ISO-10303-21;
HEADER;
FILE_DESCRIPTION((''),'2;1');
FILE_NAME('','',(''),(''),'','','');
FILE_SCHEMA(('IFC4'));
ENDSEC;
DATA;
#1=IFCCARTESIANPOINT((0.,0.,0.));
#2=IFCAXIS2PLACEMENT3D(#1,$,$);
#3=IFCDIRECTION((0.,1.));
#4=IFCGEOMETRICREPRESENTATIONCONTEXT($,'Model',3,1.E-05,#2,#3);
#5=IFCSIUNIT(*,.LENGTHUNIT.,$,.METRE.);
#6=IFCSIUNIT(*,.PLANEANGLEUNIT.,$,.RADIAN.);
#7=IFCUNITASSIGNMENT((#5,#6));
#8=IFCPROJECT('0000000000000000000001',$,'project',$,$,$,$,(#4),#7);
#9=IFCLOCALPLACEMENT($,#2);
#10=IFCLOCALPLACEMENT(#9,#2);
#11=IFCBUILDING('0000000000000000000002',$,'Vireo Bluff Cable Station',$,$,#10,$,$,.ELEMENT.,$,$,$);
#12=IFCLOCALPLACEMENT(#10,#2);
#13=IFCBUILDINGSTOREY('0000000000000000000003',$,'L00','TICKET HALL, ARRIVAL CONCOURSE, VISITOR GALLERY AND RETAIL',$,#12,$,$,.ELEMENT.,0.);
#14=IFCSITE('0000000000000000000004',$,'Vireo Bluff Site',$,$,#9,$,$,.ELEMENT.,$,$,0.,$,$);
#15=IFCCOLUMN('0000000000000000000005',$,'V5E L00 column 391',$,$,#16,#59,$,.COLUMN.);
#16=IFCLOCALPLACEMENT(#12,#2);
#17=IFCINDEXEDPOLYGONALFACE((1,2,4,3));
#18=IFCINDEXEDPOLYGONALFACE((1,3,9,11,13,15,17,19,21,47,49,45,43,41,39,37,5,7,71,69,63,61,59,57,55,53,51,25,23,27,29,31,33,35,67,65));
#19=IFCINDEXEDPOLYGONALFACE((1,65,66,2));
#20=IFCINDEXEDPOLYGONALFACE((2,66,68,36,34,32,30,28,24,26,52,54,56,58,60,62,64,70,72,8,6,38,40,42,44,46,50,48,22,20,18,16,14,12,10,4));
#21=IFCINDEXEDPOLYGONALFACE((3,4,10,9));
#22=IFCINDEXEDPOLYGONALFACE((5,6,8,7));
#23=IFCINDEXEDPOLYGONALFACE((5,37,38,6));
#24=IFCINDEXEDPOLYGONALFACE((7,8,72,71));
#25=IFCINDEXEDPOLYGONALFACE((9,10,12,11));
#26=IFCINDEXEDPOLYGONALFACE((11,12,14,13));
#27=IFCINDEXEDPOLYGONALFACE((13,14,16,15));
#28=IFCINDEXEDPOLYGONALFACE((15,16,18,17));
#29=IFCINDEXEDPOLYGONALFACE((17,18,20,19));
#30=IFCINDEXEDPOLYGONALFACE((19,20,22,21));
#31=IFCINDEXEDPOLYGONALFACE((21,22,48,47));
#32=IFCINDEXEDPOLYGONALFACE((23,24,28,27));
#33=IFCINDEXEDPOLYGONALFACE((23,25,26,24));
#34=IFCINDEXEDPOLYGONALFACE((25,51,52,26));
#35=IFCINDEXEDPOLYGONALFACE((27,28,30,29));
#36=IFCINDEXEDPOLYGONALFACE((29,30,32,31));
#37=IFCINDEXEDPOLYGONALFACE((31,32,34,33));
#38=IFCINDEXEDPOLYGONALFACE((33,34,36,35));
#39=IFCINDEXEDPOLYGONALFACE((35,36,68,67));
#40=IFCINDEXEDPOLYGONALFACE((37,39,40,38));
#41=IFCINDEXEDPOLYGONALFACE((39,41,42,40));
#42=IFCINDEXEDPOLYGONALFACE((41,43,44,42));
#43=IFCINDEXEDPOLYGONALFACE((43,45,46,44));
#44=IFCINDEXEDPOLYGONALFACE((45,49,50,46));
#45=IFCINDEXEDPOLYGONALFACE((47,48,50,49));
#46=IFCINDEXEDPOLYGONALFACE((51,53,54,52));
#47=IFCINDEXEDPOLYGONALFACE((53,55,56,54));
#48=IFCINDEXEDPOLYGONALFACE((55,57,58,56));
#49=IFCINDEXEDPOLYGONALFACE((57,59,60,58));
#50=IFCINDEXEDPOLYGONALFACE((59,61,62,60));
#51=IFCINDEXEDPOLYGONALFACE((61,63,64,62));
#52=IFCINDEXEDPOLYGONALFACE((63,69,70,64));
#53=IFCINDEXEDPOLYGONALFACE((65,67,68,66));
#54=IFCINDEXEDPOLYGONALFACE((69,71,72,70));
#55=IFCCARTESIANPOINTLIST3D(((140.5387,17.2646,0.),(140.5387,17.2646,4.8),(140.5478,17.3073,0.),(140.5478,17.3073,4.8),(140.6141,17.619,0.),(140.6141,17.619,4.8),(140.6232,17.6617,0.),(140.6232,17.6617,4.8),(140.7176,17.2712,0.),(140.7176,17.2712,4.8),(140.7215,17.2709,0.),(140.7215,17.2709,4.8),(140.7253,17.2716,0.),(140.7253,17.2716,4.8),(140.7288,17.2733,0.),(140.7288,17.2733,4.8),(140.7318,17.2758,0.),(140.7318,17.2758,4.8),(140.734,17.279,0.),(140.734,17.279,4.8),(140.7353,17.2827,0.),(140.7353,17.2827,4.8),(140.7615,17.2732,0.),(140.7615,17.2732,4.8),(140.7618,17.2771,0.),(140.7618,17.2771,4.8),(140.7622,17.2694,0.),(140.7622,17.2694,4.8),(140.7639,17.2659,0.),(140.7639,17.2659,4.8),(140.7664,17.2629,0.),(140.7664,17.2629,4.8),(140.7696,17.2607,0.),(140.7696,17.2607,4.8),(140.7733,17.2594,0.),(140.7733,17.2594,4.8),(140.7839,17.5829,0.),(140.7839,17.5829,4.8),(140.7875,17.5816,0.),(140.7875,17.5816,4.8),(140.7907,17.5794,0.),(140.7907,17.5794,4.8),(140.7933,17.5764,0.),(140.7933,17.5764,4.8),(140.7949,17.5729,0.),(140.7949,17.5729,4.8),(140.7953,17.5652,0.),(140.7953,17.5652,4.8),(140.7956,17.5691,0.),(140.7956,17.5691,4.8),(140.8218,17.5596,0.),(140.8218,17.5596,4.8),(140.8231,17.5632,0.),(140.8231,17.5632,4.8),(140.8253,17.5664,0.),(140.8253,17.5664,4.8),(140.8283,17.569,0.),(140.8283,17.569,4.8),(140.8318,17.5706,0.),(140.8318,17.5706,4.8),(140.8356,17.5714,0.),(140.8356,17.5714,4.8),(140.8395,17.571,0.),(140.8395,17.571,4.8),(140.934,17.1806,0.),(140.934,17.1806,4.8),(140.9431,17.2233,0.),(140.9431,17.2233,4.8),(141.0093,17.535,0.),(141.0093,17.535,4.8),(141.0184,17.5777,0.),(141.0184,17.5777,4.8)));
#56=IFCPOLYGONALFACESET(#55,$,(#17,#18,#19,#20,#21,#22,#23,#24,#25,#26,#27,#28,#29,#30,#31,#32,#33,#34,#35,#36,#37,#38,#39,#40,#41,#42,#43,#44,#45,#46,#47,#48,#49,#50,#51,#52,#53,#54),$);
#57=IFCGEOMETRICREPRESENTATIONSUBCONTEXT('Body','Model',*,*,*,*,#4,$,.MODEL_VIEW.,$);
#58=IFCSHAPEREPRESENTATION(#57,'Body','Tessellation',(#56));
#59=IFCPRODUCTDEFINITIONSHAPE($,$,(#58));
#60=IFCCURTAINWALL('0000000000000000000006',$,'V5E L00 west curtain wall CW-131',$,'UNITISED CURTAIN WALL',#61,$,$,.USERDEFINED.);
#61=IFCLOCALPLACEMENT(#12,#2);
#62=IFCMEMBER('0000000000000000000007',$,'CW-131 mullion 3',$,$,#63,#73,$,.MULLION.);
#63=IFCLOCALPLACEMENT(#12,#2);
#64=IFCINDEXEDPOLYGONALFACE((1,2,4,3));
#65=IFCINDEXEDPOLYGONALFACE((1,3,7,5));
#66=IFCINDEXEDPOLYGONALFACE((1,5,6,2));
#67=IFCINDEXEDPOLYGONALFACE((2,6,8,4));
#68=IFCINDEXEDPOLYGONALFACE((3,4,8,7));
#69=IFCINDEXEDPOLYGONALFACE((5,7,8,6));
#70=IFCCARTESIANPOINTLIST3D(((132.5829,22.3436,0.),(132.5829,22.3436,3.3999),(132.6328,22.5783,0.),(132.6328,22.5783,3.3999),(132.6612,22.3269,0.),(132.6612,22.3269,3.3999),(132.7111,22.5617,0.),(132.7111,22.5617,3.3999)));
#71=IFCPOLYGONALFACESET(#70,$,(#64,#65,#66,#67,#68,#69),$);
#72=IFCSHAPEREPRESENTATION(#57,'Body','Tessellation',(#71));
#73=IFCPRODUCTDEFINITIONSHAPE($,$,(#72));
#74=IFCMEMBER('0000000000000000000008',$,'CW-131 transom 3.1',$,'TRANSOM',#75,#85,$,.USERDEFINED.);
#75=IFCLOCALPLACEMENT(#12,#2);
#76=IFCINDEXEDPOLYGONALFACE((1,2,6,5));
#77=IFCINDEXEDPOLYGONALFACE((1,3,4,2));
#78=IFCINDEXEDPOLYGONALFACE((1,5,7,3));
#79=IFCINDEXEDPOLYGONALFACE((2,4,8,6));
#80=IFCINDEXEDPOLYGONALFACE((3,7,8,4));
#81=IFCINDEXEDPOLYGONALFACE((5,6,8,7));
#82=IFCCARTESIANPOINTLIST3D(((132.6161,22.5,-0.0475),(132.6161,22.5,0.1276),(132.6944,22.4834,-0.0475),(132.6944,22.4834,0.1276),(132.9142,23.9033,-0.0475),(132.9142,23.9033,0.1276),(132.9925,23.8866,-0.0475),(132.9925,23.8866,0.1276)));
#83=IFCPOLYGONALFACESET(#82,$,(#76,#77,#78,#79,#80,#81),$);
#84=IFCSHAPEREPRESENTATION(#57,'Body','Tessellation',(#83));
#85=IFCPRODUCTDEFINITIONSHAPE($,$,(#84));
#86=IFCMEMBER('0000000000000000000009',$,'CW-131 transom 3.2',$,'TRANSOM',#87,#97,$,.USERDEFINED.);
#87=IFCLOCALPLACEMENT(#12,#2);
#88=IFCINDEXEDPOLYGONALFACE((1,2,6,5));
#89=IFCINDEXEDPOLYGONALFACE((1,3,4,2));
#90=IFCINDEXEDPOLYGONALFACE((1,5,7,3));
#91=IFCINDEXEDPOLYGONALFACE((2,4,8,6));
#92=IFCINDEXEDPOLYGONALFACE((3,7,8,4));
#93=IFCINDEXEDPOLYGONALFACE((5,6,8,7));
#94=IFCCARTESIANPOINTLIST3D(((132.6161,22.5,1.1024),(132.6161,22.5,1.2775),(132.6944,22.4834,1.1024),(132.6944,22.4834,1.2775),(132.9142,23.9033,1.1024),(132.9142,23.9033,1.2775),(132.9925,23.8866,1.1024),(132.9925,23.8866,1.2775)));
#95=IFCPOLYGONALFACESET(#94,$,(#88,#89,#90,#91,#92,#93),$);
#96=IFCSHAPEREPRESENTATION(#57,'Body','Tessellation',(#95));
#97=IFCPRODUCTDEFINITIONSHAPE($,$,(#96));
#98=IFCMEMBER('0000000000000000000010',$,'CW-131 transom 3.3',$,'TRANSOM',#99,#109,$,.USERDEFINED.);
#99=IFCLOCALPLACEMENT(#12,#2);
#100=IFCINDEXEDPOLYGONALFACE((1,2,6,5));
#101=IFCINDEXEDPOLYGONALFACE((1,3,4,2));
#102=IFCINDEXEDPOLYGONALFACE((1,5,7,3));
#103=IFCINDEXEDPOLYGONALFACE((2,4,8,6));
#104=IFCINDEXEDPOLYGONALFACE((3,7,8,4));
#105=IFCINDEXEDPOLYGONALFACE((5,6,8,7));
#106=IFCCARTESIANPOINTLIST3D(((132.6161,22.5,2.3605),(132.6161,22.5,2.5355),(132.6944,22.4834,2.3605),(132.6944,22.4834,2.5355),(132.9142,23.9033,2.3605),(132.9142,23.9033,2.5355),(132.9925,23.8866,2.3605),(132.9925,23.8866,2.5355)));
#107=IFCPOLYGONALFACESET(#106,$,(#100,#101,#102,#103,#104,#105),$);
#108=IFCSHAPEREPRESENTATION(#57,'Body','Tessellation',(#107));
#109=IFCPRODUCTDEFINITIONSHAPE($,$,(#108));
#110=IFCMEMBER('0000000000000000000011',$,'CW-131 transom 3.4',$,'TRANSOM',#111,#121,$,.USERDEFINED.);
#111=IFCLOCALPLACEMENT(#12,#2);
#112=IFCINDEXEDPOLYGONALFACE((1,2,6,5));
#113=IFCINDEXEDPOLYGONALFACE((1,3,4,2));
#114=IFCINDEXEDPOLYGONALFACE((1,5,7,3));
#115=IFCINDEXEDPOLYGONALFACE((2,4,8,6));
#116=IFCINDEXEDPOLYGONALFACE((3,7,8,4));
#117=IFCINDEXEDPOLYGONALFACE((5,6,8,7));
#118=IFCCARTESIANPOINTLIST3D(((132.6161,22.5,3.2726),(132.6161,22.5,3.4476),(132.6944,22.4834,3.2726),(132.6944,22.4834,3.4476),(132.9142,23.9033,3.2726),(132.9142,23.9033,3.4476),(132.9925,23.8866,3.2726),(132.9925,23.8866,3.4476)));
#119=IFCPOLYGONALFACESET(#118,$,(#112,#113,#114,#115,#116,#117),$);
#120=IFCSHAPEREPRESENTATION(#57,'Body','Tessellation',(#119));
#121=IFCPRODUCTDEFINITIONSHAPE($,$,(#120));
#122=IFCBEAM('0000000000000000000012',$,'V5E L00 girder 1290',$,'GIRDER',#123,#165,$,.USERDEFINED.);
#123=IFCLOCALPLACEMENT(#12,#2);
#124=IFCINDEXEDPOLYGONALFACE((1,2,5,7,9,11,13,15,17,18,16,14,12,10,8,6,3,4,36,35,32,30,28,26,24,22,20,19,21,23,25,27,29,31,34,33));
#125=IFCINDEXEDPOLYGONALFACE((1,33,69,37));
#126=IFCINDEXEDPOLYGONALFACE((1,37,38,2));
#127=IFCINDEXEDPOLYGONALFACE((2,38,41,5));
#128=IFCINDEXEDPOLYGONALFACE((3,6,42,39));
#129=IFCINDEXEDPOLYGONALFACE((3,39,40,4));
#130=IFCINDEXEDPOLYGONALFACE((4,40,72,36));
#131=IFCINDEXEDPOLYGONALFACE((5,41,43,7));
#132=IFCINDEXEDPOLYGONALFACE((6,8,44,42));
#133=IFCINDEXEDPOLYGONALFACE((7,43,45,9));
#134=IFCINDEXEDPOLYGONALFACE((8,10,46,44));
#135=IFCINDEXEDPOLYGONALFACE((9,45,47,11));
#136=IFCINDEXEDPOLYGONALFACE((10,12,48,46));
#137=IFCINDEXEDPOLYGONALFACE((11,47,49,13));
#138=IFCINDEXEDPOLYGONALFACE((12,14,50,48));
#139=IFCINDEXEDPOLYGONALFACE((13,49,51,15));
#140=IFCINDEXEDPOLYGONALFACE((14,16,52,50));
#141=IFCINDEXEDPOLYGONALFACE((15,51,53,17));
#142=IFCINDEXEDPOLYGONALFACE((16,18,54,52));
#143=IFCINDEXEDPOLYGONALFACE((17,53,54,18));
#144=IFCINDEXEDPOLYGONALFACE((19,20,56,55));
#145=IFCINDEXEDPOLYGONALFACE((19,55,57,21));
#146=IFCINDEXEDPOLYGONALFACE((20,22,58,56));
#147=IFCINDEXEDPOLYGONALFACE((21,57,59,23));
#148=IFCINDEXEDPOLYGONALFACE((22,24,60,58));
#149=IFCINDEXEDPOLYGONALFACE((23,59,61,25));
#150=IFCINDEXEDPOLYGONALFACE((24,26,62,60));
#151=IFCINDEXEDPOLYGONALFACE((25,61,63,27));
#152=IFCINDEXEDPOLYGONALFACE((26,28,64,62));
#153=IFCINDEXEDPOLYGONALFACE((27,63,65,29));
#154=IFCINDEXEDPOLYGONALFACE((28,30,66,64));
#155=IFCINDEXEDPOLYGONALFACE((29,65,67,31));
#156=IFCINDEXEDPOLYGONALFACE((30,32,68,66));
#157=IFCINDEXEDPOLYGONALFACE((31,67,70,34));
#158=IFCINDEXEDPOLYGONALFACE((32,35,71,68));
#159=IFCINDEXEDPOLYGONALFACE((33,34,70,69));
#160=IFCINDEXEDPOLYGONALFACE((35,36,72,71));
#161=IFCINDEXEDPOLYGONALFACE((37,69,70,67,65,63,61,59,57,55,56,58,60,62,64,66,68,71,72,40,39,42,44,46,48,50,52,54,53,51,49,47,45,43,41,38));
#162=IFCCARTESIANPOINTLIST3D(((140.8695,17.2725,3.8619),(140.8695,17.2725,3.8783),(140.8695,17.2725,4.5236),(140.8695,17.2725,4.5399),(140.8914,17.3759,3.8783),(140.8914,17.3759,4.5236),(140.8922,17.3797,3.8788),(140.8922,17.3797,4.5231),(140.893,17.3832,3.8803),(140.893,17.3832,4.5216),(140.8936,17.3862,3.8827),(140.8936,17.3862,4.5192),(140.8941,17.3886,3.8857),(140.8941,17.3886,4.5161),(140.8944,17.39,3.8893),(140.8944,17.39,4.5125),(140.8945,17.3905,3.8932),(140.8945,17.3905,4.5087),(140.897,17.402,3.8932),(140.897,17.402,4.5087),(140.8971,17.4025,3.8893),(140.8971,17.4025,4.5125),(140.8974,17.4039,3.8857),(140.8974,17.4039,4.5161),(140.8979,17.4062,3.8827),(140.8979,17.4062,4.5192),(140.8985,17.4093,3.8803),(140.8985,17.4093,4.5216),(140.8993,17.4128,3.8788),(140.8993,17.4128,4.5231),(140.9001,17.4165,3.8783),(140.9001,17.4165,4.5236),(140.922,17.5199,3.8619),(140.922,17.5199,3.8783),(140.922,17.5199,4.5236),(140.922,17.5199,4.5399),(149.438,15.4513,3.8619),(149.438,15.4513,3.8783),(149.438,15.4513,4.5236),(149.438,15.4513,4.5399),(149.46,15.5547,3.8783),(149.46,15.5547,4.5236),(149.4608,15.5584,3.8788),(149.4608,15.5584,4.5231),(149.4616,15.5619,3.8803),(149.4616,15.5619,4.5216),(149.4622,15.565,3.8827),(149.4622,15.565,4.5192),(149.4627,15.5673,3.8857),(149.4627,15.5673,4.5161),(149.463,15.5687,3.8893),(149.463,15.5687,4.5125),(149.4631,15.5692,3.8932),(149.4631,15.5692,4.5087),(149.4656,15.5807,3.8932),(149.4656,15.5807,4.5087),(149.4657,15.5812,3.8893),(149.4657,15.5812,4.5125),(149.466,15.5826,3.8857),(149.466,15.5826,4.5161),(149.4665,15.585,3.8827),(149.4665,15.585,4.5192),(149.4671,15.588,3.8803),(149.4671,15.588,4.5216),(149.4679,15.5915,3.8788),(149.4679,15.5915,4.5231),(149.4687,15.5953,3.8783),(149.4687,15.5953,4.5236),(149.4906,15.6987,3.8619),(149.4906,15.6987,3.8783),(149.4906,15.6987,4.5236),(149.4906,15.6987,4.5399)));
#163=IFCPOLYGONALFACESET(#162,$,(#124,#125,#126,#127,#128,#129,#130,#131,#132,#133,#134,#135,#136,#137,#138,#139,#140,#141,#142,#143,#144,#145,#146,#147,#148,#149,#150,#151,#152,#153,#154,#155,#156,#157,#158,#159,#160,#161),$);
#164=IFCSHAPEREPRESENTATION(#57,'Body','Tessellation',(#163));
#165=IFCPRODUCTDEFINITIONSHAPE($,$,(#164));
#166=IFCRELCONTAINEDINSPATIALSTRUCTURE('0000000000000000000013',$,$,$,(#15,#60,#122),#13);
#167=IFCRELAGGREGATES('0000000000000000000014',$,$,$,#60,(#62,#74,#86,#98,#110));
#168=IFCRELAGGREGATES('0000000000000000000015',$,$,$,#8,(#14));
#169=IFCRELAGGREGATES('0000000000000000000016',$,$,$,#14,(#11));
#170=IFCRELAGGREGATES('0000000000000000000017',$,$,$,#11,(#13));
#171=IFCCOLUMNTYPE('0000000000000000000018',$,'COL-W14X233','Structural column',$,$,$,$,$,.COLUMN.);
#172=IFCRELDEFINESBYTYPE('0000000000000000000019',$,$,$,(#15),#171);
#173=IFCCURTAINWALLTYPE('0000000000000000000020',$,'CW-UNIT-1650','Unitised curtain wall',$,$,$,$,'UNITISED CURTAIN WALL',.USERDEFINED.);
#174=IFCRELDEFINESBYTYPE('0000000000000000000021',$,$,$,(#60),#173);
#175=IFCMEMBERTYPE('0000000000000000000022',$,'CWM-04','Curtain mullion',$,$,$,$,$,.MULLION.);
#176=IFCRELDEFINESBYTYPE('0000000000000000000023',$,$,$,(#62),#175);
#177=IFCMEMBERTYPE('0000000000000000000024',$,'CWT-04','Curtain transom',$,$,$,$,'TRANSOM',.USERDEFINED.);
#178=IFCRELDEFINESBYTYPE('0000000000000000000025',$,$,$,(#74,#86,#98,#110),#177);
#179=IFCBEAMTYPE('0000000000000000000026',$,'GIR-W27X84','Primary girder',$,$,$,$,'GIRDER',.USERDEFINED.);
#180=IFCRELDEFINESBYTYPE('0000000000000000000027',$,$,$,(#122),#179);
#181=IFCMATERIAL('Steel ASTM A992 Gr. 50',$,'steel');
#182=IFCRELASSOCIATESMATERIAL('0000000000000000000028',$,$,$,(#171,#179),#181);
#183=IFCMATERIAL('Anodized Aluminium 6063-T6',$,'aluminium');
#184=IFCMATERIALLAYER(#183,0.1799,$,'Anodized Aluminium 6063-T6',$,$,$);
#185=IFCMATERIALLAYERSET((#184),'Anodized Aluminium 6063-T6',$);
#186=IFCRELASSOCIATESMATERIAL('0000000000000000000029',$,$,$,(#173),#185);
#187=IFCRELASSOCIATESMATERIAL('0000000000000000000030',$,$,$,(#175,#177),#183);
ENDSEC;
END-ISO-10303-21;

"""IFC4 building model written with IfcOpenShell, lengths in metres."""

from ifc_helpers import new_model, si_unit, direction, frame, origin, origin_2d, place, context, subcontext, project, spatial, rectangle, i_section, extrude, material, layer, layer_set, material_profile, profile_set, type_object, element, aggregate, save


model = new_model("IFC4")

# Units and contexts
model_context = context("Model", 3, precision=1e-05, world=origin(), true_north=direction((0.0, 1.0)))
body_context = subcontext(model_context, "Body", "Model", "MODEL_VIEW")
ifc_project = project(units=[si_unit("LENGTHUNIT", "METRE"), si_unit("PLANEANGLEUNIT", "RADIAN")], contexts=[model_context])

# Site, building, storey
site_placement = place(None, origin())
site = spatial("IfcSite", under=ifc_project, at=site_placement, Name="Vireo Bluff Site", CompositionType="ELEMENT", RefElevation=0.0)
building_placement = place(site_placement, origin())
building = spatial("IfcBuilding", under=site, at=building_placement, Name="Vireo Bluff Cable Station", CompositionType="ELEMENT")
storey_placement = place(building_placement, origin())
storey = spatial("IfcBuildingStorey", under=building, at=storey_placement, Name="L00", Description="TICKET HALL, ARRIVAL CONCOURSE, VISITOR GALLERY AND RETAIL", CompositionType="ELEMENT", Elevation=0.0)

# Column
ifc_material_1 = material(Name="Steel ASTM A992 Gr. 50", Category="steel")
ifc_material_profile_1 = material_profile(ifc_material_1, i_section(OverallWidth=0.4041, OverallDepth=0.406, WebThickness=0.0271, FlangeThickness=0.0437, FilletRadius=0.0149, at=origin_2d()), Name="W14X233")
ifc_profile_set_1 = profile_set([ifc_material_profile_1], Name="Steel ASTM A992 Gr. 50")
column_type = type_object("IfcColumnType", Name="COL-W14X233", Description="Structural column", PredefinedType="COLUMN", material=ifc_profile_set_1)
column_placement = place(storey_placement, frame((140.7786, 17.4211, 0.0), z_axis=(0.0, 0.0, 1.0), x_axis=(0.978148, -0.207912, 0.0)))
element("IfcColumn", 1, at=column_placement, inside=storey, type_object=column_type, Name="V5E L00 column 391", PredefinedType="COLUMN", context=body_context, shape_type="SweptSolid", body=[
    extrude(i_section(OverallWidth=0.4041, OverallDepth=0.406, WebThickness=0.0271, FlangeThickness=0.0437, FilletRadius=0.0149, at=origin_2d()), origin(), (0.0, 0.0, 1.0), 4.8),
])

# Curtain wall, members
ifc_material_2 = material(Name="Anodized Aluminium 6063-T6", Category="aluminium")
ifc_layer_1 = layer(ifc_material_2, 0.1799, Name="Anodized Aluminium 6063-T6")
ifc_layer_set_1 = layer_set([ifc_layer_1], Name="Anodized Aluminium 6063-T6")
curtain_wall_type = type_object("IfcCurtainWallType", Name="CW-UNIT-1650", Description="Unitised curtain wall", ElementType="UNITISED CURTAIN WALL", PredefinedType="USERDEFINED", material=ifc_layer_set_1)
curtain_wall_placement = place(storey_placement, origin())
curtain_wall = element("IfcCurtainWall", 2, at=curtain_wall_placement, inside=storey, type_object=curtain_wall_type, Name="V5E L00 west curtain wall CW-131", ObjectType="UNITISED CURTAIN WALL", PredefinedType="USERDEFINED")
ifc_material_profile_2 = material_profile(ifc_material_2, rectangle(XDim=0.0801, YDim=0.24, at=origin_2d()), Name="ALU-M-80X240")
ifc_profile_set_2 = profile_set([ifc_material_profile_2], Name="Anodized Aluminium 6063-T6")
member_type_1 = type_object("IfcMemberType", Name="CWM-04", Description="Curtain mullion", PredefinedType="MULLION", material=ifc_profile_set_2)
member_1_placement = place(storey_placement, frame((132.647, 22.4526, 0.0), z_axis=(0.0, 0.0, 1.0), x_axis=(-0.978148, 0.207912, 0.0)))
member_1 = element("IfcMember", 3, at=member_1_placement, type_object=member_type_1, Name="CW-131 mullion 3", PredefinedType="MULLION", context=body_context, shape_type="SweptSolid", body=[
    extrude(rectangle(XDim=0.0801, YDim=0.24, at=origin_2d()), origin(), (0.0, 0.0, 1.0), 3.3999),
])
ifc_material_profile_3 = material_profile(ifc_material_2, rectangle(XDim=0.0801, YDim=0.175, at=origin_2d()), Name="ALU-T-80X175")
ifc_profile_set_3 = profile_set([ifc_material_profile_3], Name="Anodized Aluminium 6063-T6")
member_type_2 = type_object("IfcMemberType", Name="CWT-04", Description="Curtain transom", ElementType="TRANSOM", PredefinedType="USERDEFINED", material=ifc_profile_set_3)
member_2_placement = place(storey_placement, frame((132.6553, 22.4917, 0.04), z_axis=(0.207785, 0.978174, 0.0), x_axis=(-0.978174, 0.207785, 0.0)))
member_2 = element("IfcMember", 4, at=member_2_placement, type_object=member_type_2, Name="CW-131 transom 3.1", ObjectType="TRANSOM", PredefinedType="USERDEFINED", context=body_context, shape_type="SweptSolid", body=[
    extrude(rectangle(XDim=0.0801, YDim=0.175, at=origin_2d()), origin(), (0.0, 0.0, 1.0), 1.4346),
])
member_3_placement = place(storey_placement, frame((132.6553, 22.4917, 1.1899), z_axis=(0.207785, 0.978174, 0.0), x_axis=(-0.978174, 0.207785, 0.0)))
member_3 = element("IfcMember", 5, at=member_3_placement, type_object=member_type_2, Name="CW-131 transom 3.2", ObjectType="TRANSOM", PredefinedType="USERDEFINED", context=body_context, shape_type="SweptSolid", body=[
    extrude(rectangle(XDim=0.0801, YDim=0.175, at=origin_2d()), origin(), (0.0, 0.0, 1.0), 1.4346),
])
member_4_placement = place(storey_placement, frame((132.6553, 22.4917, 2.448), z_axis=(0.207785, 0.978174, 0.0), x_axis=(-0.978174, 0.207785, 0.0)))
member_4 = element("IfcMember", 6, at=member_4_placement, type_object=member_type_2, Name="CW-131 transom 3.3", ObjectType="TRANSOM", PredefinedType="USERDEFINED", context=body_context, shape_type="SweptSolid", body=[
    extrude(rectangle(XDim=0.0801, YDim=0.175, at=origin_2d()), origin(), (0.0, 0.0, 1.0), 1.4346),
])
member_5_placement = place(storey_placement, frame((132.6553, 22.4917, 3.3601), z_axis=(0.207785, 0.978174, 0.0), x_axis=(-0.978174, 0.207785, 0.0)))
member_5 = element("IfcMember", 7, at=member_5_placement, type_object=member_type_2, Name="CW-131 transom 3.4", ObjectType="TRANSOM", PredefinedType="USERDEFINED", context=body_context, shape_type="SweptSolid", body=[
    extrude(rectangle(XDim=0.0801, YDim=0.175, at=origin_2d()), origin(), (0.0, 0.0, 1.0), 1.4346),
])

# Beam
ifc_material_profile_4 = material_profile(ifc_material_1, i_section(OverallWidth=0.2529, OverallDepth=0.678, WebThickness=0.0117, FlangeThickness=0.0164, FilletRadius=0.0149, at=origin_2d()), Name="W27X84")
ifc_profile_set_4 = profile_set([ifc_material_profile_4], Name="Steel ASTM A992 Gr. 50")
beam_type_1 = type_object("IfcBeamType", Name="GIR-W27X84", Description="Primary girder", ElementType="GIRDER", PredefinedType="USERDEFINED", material=ifc_profile_set_4)
beam_1_placement = place(storey_placement, frame((140.8958, 17.3962, 4.2009), z_axis=(0.978148, -0.207909, 0.0), x_axis=(0.207909, 0.978148, 0.0)))
element("IfcBeam", 8, at=beam_1_placement, inside=storey, type_object=beam_type_1, Name="V5E L00 girder 1290", ObjectType="GIRDER", PredefinedType="USERDEFINED", context=body_context, shape_type="SweptSolid", body=[
    extrude(i_section(OverallWidth=0.2529, OverallDepth=0.678, WebThickness=0.0117, FlangeThickness=0.0164, FilletRadius=0.0149, at=origin_2d()), origin(), (0.0, 0.0, 1.0), 8.76),
])

aggregate(curtain_wall, [member_1, member_2, member_3, member_4, member_5])

save(model, "model.ifc")
